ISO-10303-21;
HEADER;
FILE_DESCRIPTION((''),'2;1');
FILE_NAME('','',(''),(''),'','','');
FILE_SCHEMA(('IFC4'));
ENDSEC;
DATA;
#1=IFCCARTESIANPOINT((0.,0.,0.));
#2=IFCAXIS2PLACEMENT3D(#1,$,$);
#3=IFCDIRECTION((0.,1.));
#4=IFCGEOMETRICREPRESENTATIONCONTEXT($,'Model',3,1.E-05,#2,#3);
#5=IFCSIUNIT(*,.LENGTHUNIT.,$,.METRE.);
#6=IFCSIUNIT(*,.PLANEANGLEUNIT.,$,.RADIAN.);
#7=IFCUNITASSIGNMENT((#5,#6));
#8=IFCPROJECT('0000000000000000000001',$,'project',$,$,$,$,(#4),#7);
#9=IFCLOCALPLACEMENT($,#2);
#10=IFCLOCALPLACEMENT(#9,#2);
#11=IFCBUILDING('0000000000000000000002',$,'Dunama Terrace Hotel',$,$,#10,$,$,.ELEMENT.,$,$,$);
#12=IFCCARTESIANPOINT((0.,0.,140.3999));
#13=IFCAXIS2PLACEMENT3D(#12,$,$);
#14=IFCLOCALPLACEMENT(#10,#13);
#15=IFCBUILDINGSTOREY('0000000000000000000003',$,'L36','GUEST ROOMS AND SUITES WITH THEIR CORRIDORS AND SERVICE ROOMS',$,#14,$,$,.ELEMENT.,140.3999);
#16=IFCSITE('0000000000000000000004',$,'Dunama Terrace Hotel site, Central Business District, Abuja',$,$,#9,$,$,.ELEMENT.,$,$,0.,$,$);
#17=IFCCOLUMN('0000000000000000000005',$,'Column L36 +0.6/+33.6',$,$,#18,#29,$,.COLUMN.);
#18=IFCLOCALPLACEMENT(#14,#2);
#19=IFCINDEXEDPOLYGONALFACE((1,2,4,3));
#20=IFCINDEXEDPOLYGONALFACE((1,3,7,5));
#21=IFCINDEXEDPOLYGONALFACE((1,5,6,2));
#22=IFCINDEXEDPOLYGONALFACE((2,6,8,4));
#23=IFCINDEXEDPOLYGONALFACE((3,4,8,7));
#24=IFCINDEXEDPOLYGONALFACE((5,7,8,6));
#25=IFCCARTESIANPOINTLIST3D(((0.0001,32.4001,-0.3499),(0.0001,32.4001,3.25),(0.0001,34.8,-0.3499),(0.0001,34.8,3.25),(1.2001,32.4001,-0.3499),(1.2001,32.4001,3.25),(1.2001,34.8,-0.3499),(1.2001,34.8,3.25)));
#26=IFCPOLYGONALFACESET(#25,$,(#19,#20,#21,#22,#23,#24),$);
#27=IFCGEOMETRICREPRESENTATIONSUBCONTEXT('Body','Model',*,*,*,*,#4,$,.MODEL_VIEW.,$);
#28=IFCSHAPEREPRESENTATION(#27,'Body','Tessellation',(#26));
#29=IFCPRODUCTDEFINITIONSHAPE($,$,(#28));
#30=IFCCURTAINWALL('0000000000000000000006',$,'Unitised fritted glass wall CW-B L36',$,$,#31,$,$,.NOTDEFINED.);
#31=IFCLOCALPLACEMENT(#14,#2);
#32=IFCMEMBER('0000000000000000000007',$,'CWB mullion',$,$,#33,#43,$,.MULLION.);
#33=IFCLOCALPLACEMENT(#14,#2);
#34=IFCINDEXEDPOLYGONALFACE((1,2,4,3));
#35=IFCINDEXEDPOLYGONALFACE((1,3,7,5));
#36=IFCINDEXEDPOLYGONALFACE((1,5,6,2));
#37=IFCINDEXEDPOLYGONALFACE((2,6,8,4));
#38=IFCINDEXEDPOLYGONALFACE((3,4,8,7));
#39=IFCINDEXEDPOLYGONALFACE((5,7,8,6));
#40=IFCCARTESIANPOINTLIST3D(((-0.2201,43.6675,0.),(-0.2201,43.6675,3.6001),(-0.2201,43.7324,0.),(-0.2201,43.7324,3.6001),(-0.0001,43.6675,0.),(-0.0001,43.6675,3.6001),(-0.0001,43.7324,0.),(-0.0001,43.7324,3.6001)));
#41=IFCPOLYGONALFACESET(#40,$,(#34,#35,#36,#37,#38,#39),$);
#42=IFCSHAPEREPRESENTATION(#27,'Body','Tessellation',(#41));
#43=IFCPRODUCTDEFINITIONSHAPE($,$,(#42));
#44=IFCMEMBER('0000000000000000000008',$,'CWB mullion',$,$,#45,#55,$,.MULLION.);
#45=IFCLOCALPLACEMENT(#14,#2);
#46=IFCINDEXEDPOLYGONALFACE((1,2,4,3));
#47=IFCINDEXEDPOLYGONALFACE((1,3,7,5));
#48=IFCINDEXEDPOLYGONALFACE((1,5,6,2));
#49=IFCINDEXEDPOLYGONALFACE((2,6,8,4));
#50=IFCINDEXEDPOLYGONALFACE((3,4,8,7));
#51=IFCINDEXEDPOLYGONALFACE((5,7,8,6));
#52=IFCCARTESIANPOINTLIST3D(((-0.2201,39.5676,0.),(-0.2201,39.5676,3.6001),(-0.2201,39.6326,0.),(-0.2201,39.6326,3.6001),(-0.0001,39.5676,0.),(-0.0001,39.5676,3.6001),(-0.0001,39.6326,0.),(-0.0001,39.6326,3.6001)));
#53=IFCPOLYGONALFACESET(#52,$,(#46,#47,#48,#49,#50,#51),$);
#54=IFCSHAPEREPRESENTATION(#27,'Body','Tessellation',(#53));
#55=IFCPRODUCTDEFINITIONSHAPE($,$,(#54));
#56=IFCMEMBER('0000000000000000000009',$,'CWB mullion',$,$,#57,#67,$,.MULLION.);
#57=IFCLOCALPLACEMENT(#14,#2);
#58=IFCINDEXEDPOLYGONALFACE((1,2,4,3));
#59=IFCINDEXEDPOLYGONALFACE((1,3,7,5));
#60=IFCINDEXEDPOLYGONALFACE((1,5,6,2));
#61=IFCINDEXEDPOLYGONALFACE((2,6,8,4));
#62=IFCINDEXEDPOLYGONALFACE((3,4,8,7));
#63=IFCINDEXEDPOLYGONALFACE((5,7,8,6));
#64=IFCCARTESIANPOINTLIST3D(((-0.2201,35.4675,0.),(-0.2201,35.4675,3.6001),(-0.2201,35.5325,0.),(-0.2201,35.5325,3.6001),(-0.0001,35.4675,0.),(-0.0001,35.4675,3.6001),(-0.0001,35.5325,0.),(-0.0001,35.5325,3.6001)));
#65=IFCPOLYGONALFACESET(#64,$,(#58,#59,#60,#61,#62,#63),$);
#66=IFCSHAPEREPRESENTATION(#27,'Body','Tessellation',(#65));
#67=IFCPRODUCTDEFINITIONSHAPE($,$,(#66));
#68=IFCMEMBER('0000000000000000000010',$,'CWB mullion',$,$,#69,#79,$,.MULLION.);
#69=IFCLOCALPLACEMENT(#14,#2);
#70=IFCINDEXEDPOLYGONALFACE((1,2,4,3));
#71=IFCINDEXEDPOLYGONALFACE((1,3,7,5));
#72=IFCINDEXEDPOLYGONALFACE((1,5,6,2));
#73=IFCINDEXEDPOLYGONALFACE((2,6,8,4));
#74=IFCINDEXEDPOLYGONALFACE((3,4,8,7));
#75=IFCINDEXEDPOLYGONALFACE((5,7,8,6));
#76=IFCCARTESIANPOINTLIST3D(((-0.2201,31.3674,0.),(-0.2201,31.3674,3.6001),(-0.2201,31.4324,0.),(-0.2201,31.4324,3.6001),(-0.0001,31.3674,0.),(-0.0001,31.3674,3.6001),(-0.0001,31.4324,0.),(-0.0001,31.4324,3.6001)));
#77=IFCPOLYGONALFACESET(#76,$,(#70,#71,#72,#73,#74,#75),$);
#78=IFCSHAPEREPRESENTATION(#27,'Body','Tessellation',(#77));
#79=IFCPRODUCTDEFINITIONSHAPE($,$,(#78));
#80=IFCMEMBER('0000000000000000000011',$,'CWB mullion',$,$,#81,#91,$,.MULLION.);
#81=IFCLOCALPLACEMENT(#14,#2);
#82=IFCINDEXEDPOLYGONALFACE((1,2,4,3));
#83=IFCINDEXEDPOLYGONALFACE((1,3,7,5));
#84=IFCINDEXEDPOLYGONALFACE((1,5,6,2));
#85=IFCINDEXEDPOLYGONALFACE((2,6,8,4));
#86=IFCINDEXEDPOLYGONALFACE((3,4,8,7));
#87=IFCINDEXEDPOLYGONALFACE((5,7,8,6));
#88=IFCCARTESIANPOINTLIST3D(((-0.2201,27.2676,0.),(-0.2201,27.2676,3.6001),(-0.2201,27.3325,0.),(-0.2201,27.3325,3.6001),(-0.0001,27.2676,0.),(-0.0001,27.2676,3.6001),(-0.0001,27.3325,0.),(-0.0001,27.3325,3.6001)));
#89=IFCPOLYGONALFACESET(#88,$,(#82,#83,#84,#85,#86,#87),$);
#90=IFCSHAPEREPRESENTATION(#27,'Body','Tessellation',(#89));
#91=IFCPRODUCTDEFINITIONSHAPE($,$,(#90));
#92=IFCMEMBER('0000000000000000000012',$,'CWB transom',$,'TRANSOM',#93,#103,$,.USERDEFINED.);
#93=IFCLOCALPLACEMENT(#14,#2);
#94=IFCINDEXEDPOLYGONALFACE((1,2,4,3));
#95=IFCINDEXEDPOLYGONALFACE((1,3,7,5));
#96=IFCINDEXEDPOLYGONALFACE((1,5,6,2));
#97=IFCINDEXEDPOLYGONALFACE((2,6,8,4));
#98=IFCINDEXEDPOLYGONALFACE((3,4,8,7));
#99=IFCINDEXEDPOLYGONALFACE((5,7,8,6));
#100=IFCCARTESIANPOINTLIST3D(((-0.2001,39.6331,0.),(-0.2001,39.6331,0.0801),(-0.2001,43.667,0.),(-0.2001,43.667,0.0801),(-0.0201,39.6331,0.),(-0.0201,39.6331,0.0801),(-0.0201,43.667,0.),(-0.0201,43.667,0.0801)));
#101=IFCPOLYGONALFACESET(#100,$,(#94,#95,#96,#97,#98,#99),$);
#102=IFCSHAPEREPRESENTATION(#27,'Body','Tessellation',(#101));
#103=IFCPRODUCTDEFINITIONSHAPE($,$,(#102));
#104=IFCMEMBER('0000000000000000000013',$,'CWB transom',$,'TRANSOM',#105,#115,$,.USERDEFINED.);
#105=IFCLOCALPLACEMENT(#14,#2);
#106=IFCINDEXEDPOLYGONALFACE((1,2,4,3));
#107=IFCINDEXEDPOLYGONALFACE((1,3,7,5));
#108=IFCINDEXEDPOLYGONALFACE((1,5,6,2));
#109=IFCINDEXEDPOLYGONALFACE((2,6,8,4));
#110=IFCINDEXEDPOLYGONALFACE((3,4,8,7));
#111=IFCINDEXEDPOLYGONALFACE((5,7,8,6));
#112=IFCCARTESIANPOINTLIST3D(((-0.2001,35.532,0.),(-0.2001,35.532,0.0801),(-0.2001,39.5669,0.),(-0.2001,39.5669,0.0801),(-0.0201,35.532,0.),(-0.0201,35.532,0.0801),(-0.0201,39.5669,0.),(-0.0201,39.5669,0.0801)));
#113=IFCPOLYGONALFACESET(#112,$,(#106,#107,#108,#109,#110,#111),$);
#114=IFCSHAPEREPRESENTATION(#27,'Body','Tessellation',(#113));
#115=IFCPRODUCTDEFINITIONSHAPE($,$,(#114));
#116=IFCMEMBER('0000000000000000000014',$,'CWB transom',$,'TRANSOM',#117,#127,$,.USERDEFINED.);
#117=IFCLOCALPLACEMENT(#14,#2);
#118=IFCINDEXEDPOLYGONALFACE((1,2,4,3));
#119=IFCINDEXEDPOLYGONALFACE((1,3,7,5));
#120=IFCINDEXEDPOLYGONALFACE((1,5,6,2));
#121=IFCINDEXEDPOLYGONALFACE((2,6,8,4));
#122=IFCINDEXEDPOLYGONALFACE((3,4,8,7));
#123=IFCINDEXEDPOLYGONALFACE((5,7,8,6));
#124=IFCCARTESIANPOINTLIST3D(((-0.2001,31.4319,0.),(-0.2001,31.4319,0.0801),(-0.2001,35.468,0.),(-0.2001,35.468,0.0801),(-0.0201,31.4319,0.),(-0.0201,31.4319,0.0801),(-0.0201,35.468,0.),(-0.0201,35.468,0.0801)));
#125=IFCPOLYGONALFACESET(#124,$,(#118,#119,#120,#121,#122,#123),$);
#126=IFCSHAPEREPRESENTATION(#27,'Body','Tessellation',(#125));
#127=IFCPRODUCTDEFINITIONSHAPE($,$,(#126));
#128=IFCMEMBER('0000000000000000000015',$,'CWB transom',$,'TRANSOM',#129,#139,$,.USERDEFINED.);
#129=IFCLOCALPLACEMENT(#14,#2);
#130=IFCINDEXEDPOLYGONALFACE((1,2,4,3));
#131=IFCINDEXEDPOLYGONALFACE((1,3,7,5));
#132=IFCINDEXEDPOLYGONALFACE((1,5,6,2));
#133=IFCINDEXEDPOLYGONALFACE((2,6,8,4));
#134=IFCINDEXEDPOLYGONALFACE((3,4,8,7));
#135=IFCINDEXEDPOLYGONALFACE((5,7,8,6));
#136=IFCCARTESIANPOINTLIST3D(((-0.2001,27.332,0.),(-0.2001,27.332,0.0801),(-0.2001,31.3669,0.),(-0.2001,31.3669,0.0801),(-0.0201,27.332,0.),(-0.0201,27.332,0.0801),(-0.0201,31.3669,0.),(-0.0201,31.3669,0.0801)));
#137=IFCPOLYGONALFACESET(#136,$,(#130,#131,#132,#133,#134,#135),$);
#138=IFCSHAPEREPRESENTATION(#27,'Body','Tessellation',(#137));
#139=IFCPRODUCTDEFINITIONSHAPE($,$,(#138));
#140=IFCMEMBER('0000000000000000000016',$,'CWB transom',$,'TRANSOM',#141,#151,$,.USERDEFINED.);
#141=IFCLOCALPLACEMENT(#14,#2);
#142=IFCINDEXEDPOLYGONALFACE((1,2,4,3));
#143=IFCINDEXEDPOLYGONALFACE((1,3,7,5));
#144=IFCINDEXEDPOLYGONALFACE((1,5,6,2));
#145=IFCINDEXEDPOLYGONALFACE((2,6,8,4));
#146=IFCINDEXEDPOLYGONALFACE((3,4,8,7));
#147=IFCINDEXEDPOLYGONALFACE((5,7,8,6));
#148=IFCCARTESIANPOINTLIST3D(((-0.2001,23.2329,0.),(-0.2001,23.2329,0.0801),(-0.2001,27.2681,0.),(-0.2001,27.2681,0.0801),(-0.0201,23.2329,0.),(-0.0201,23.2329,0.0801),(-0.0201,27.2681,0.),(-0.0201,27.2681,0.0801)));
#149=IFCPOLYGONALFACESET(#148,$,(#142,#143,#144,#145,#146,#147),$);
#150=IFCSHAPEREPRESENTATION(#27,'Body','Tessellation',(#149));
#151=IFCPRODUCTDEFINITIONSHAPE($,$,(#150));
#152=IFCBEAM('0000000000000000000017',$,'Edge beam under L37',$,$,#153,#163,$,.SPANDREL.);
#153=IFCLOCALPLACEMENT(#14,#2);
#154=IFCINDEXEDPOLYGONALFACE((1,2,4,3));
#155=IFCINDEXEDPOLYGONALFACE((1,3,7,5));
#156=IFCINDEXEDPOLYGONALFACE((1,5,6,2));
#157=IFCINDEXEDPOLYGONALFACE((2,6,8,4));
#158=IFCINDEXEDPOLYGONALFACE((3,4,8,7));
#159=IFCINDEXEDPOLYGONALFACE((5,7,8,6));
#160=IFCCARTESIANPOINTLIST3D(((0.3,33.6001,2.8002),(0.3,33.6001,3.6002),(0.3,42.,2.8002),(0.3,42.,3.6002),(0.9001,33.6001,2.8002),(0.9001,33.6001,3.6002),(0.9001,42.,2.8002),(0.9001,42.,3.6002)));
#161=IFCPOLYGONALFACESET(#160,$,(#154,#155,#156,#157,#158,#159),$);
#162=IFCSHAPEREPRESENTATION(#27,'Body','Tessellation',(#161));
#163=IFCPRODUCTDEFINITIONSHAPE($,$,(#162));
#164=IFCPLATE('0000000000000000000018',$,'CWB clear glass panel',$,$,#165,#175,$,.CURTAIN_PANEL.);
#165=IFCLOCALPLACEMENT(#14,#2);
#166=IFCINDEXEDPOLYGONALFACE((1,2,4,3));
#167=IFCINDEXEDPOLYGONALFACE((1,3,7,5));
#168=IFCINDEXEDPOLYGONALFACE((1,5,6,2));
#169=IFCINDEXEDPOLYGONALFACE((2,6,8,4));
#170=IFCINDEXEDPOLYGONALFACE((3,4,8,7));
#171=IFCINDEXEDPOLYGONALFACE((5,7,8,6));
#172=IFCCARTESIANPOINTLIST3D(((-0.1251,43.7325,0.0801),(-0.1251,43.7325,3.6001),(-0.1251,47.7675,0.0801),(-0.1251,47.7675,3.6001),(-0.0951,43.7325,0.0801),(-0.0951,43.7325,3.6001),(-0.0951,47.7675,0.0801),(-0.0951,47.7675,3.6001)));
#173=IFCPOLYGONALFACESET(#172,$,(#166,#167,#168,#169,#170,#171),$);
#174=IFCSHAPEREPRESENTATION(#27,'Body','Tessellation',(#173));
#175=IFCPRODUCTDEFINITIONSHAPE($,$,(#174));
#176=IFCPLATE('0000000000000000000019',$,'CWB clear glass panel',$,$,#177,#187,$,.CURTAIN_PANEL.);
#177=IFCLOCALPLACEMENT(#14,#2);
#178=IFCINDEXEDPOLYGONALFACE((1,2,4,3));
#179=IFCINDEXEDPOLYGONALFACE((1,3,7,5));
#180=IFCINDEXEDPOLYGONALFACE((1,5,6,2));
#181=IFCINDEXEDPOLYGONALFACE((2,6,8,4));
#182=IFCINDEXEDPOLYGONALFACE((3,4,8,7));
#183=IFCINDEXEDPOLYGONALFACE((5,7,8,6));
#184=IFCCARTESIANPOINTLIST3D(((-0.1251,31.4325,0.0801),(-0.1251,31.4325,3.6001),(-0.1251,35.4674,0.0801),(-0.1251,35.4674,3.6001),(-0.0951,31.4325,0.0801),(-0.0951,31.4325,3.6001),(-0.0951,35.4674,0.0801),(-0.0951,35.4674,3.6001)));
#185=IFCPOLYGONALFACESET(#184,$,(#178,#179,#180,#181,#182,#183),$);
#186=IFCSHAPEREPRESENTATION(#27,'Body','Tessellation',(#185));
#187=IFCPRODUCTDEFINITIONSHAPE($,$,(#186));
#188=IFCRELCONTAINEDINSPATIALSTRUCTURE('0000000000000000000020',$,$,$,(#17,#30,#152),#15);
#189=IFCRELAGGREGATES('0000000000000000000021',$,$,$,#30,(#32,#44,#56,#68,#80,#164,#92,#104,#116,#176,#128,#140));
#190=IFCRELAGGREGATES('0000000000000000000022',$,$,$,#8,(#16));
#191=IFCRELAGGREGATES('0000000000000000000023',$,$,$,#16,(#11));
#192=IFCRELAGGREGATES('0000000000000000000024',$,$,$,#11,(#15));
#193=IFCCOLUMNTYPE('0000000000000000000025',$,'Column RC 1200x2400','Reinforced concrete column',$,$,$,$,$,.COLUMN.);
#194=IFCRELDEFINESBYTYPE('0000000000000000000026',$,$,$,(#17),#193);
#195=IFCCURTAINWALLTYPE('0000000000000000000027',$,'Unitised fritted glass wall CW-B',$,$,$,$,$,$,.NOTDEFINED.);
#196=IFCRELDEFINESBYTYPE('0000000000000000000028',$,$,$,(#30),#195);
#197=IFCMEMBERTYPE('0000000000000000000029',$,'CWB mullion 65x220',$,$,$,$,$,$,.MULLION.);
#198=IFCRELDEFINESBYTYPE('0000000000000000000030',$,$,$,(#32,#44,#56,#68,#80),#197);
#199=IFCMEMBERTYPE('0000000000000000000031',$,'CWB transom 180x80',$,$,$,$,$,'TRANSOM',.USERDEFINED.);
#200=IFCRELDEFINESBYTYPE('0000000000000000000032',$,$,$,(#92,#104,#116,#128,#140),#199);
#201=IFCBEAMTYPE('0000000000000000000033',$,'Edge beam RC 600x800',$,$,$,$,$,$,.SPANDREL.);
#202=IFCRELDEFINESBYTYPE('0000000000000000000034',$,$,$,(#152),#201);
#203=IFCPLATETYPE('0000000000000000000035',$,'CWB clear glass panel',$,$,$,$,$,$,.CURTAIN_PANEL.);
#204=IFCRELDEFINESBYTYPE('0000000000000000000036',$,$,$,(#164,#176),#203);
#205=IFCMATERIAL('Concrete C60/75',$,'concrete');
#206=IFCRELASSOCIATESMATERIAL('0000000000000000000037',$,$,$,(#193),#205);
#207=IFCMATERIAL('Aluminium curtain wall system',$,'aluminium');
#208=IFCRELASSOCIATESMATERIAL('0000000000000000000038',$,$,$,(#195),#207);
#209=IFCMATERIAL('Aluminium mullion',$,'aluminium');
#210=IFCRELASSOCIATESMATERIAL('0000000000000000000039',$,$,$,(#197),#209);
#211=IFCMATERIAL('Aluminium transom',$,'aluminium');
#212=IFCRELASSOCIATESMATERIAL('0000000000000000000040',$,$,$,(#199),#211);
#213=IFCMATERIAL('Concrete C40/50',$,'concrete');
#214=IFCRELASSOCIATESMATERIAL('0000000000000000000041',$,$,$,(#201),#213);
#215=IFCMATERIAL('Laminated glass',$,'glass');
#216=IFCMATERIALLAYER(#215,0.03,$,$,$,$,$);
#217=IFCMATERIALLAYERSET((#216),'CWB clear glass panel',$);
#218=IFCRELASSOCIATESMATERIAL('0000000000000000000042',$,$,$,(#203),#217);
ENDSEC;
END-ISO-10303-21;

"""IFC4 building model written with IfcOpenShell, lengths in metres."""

from ifc_helpers import new_model, si_unit, direction, frame, origin, origin_2d, place, context, subcontext, project, spatial, rectangle, extrude, material, layer, layer_set, material_profile, profile_set, type_object, element, aggregate, save


model = new_model("IFC4")

# Units and contexts
model_context = context("Model", 3, precision=1e-05, world=origin(), true_north=direction((0.0, 1.0)))
body_context = subcontext(model_context, "Body", "Model", "MODEL_VIEW")
ifc_project = project(units=[si_unit("LENGTHUNIT", "METRE"), si_unit("PLANEANGLEUNIT", "RADIAN")], contexts=[model_context])

# Site, building, storey
site_placement = place(None, origin())
site = spatial("IfcSite", under=ifc_project, at=site_placement, Name="Dunama Terrace Hotel site, Central Business District, Abuja", CompositionType="ELEMENT", RefElevation=0.0)
building_placement = place(site_placement, origin())
building = spatial("IfcBuilding", under=site, at=building_placement, Name="Dunama Terrace Hotel", CompositionType="ELEMENT")
storey_placement = place(building_placement, frame((0.0, 0.0, 140.3999)))
storey = spatial("IfcBuildingStorey", under=building, at=storey_placement, Name="L36", Description="GUEST ROOMS AND SUITES WITH THEIR CORRIDORS AND SERVICE ROOMS", CompositionType="ELEMENT", Elevation=140.3999)

# Column
ifc_material_1 = material(Name="Concrete C60/75", Category="concrete")
ifc_material_profile_1 = material_profile(ifc_material_1, rectangle(XDim=1.2, YDim=2.3999, at=origin_2d()), Name="RC 1200x2400")
ifc_profile_set_1 = profile_set([ifc_material_profile_1], Name="Concrete C60/75")
column_type = type_object("IfcColumnType", Name="Column RC 1200x2400", Description="Reinforced concrete column", PredefinedType="COLUMN", material=ifc_profile_set_1)
column_placement = place(storey_placement, frame((0.6001, 33.6001, -0.3499), z_axis=(0.0, 0.0, 1.0), x_axis=(1.0, 0.0, 0.0)))
element("IfcColumn", 1, at=column_placement, inside=storey, type_object=column_type, Name="Column L36 +0.6/+33.6", PredefinedType="COLUMN", context=body_context, shape_type="SweptSolid", body=[
    extrude(rectangle(XDim=1.2, YDim=2.3999, at=origin_2d()), origin(), (0.0, 0.0, 1.0), 3.5999),
])

# Curtain wall, members
ifc_material_2 = material(Name="Aluminium curtain wall system", Category="aluminium")
curtain_wall_type = type_object("IfcCurtainWallType", Name="Unitised fritted glass wall CW-B", PredefinedType="NOTDEFINED", material=ifc_material_2)
curtain_wall_placement = place(storey_placement, origin())
curtain_wall = element("IfcCurtainWall", 2, at=curtain_wall_placement, inside=storey, type_object=curtain_wall_type, Name="Unitised fritted glass wall CW-B L36", PredefinedType="NOTDEFINED")
ifc_material_3 = material(Name="Aluminium mullion", Category="aluminium")
ifc_material_profile_2 = material_profile(ifc_material_3, rectangle(XDim=0.0649, YDim=0.22, at=origin_2d()), Name="CWB MULLION 65X220")
ifc_profile_set_2 = profile_set([ifc_material_profile_2], Name="Aluminium mullion")
member_type_1 = type_object("IfcMemberType", Name="CWB mullion 65x220", PredefinedType="MULLION", material=ifc_profile_set_2)
member_1_placement = place(storey_placement, frame((-0.1101, 43.7, 0.0), z_axis=(0.0, 0.0, 1.0), x_axis=(0.0, -1.0, 0.0)))
member_1 = element("IfcMember", 3, at=member_1_placement, type_object=member_type_1, Name="CWB mullion", PredefinedType="MULLION", context=body_context, shape_type="SweptSolid", body=[
    extrude(rectangle(XDim=0.0649, YDim=0.22, at=origin_2d()), origin(), (0.0, 0.0, 1.0), 3.6001),
])
member_2_placement = place(storey_placement, frame((-0.1101, 39.6001, 0.0), z_axis=(0.0, 0.0, 1.0), x_axis=(0.0, -1.0, 0.0)))
member_2 = element("IfcMember", 4, at=member_2_placement, type_object=member_type_1, Name="CWB mullion", PredefinedType="MULLION", context=body_context, shape_type="SweptSolid", body=[
    extrude(rectangle(XDim=0.0649, YDim=0.22, at=origin_2d()), origin(), (0.0, 0.0, 1.0), 3.6001),
])
member_3_placement = place(storey_placement, frame((-0.1101, 35.5, 0.0), z_axis=(0.0, 0.0, 1.0), x_axis=(0.0, -1.0, 0.0)))
member_3 = element("IfcMember", 5, at=member_3_placement, type_object=member_type_1, Name="CWB mullion", PredefinedType="MULLION", context=body_context, shape_type="SweptSolid", body=[
    extrude(rectangle(XDim=0.0649, YDim=0.22, at=origin_2d()), origin(), (0.0, 0.0, 1.0), 3.6001),
])
member_4_placement = place(storey_placement, frame((-0.1101, 31.3999, 0.0), z_axis=(0.0, 0.0, 1.0), x_axis=(0.0, -1.0, 0.0)))
member_4 = element("IfcMember", 6, at=member_4_placement, type_object=member_type_1, Name="CWB mullion", PredefinedType="MULLION", context=body_context, shape_type="SweptSolid", body=[
    extrude(rectangle(XDim=0.0649, YDim=0.22, at=origin_2d()), origin(), (0.0, 0.0, 1.0), 3.6001),
])
member_5_placement = place(storey_placement, frame((-0.1101, 27.3, 0.0), z_axis=(0.0, 0.0, 1.0), x_axis=(0.0, -1.0, 0.0)))
member_5 = element("IfcMember", 7, at=member_5_placement, type_object=member_type_1, Name="CWB mullion", PredefinedType="MULLION", context=body_context, shape_type="SweptSolid", body=[
    extrude(rectangle(XDim=0.0649, YDim=0.22, at=origin_2d()), origin(), (0.0, 0.0, 1.0), 3.6001),
])
ifc_material_4 = material(Name="Aluminium transom", Category="aluminium")
ifc_material_profile_3 = material_profile(ifc_material_4, rectangle(XDim=0.1799, YDim=0.0801, at=origin_2d()), Name="CWB TRANSOM 180X80")
ifc_profile_set_3 = profile_set([ifc_material_profile_3], Name="Aluminium transom")
member_type_2 = type_object("IfcMemberType", Name="CWB transom 180x80", ElementType="TRANSOM", PredefinedType="USERDEFINED", material=ifc_profile_set_3)
member_6_placement = place(storey_placement, frame((-0.1101, 43.667, 0.04), z_axis=(0.0, -1.0, 0.0), x_axis=(1.0, 0.0, 0.0)))
member_6 = element("IfcMember", 8, at=member_6_placement, type_object=member_type_2, Name="CWB transom", ObjectType="TRANSOM", PredefinedType="USERDEFINED", context=body_context, shape_type="SweptSolid", body=[
    extrude(rectangle(XDim=0.1799, YDim=0.0801, at=origin_2d()), origin(), (0.0, 0.0, 1.0), 4.0339),
])
member_7_placement = place(storey_placement, frame((-0.1101, 39.5669, 0.04), z_axis=(0.0, -1.0, 0.0), x_axis=(1.0, 0.0, 0.0)))
member_7 = element("IfcMember", 9, at=member_7_placement, type_object=member_type_2, Name="CWB transom", ObjectType="TRANSOM", PredefinedType="USERDEFINED", context=body_context, shape_type="SweptSolid", body=[
    extrude(rectangle(XDim=0.1799, YDim=0.0801, at=origin_2d()), origin(), (0.0, 0.0, 1.0), 4.0349),
])
member_8_placement = place(storey_placement, frame((-0.1101, 35.468, 0.04), z_axis=(0.0, -1.0, 0.0), x_axis=(1.0, 0.0, 0.0)))
member_8 = element("IfcMember", 10, at=member_8_placement, type_object=member_type_2, Name="CWB transom", ObjectType="TRANSOM", PredefinedType="USERDEFINED", context=body_context, shape_type="SweptSolid", body=[
    extrude(rectangle(XDim=0.1799, YDim=0.0801, at=origin_2d()), origin(), (0.0, 0.0, 1.0), 4.0361),
])
member_9_placement = place(storey_placement, frame((-0.1101, 31.3669, 0.04), z_axis=(0.0, -1.0, 0.0), x_axis=(1.0, 0.0, 0.0)))
member_9 = element("IfcMember", 11, at=member_9_placement, type_object=member_type_2, Name="CWB transom", ObjectType="TRANSOM", PredefinedType="USERDEFINED", context=body_context, shape_type="SweptSolid", body=[
    extrude(rectangle(XDim=0.1799, YDim=0.0801, at=origin_2d()), origin(), (0.0, 0.0, 1.0), 4.0349),
])
member_10_placement = place(storey_placement, frame((-0.1101, 27.2681, 0.04), z_axis=(0.0, -1.0, 0.0), x_axis=(1.0, 0.0, 0.0)))
member_10 = element("IfcMember", 12, at=member_10_placement, type_object=member_type_2, Name="CWB transom", ObjectType="TRANSOM", PredefinedType="USERDEFINED", context=body_context, shape_type="SweptSolid", body=[
    extrude(rectangle(XDim=0.1799, YDim=0.0801, at=origin_2d()), origin(), (0.0, 0.0, 1.0), 4.0352),
])

# Beam
ifc_material_5 = material(Name="Concrete C40/50", Category="concrete")
ifc_material_profile_4 = material_profile(ifc_material_5, rectangle(XDim=0.6001, YDim=0.8, at=origin_2d()), Name="RC 600x800")
ifc_profile_set_4 = profile_set([ifc_material_profile_4], Name="Concrete C40/50")
beam_type = type_object("IfcBeamType", Name="Edge beam RC 600x800", PredefinedType="SPANDREL", material=ifc_profile_set_4)
beam_placement = place(storey_placement, frame((0.6001, 33.6001, 3.2002), z_axis=(0.0, 1.0, 0.0), x_axis=(-1.0, 0.0, 0.0)))
element("IfcBeam", 13, at=beam_placement, inside=storey, type_object=beam_type, Name="Edge beam under L37", PredefinedType="SPANDREL", context=body_context, shape_type="SweptSolid", body=[
    extrude(rectangle(XDim=0.6001, YDim=0.8, at=origin_2d()), origin(), (0.0, 0.0, 1.0), 8.3999),
])

# Plates
ifc_material_6 = material(Name="Laminated glass", Category="glass")
ifc_layer_1 = layer(ifc_material_6, 0.03)
ifc_layer_set_1 = layer_set([ifc_layer_1], Name="CWB clear glass panel")
plate_type_1 = type_object("IfcPlateType", Name="CWB clear glass panel", PredefinedType="CURTAIN_PANEL", material=ifc_layer_set_1)
plate_1_placement = place(storey_placement, frame((-0.1101, 45.75, 0.0801), z_axis=(0.0, 0.0, 1.0), x_axis=(0.0, -1.0, 0.0)))
plate_1 = element("IfcPlate", 14, at=plate_1_placement, type_object=plate_type_1, Name="CWB clear glass panel", PredefinedType="CURTAIN_PANEL", context=body_context, shape_type="SweptSolid", body=[
    extrude(rectangle(XDim=4.0349, YDim=0.03, at=origin_2d()), origin(), (0.0, 0.0, 1.0), 3.52),
])
plate_2_placement = place(storey_placement, frame((-0.1101, 33.45, 0.0801), z_axis=(0.0, 0.0, 1.0), x_axis=(0.0, -1.0, 0.0)))
plate_2 = element("IfcPlate", 15, at=plate_2_placement, type_object=plate_type_1, Name="CWB clear glass panel", PredefinedType="CURTAIN_PANEL", context=body_context, shape_type="SweptSolid", body=[
    extrude(rectangle(XDim=4.0349, YDim=0.03, at=origin_2d()), origin(), (0.0, 0.0, 1.0), 3.52),
])
aggregate(curtain_wall, [member_1, member_2, member_3, member_4, member_5, plate_1, member_6, member_7, member_8, plate_2, member_9, member_10])

save(model, "model.ifc")
